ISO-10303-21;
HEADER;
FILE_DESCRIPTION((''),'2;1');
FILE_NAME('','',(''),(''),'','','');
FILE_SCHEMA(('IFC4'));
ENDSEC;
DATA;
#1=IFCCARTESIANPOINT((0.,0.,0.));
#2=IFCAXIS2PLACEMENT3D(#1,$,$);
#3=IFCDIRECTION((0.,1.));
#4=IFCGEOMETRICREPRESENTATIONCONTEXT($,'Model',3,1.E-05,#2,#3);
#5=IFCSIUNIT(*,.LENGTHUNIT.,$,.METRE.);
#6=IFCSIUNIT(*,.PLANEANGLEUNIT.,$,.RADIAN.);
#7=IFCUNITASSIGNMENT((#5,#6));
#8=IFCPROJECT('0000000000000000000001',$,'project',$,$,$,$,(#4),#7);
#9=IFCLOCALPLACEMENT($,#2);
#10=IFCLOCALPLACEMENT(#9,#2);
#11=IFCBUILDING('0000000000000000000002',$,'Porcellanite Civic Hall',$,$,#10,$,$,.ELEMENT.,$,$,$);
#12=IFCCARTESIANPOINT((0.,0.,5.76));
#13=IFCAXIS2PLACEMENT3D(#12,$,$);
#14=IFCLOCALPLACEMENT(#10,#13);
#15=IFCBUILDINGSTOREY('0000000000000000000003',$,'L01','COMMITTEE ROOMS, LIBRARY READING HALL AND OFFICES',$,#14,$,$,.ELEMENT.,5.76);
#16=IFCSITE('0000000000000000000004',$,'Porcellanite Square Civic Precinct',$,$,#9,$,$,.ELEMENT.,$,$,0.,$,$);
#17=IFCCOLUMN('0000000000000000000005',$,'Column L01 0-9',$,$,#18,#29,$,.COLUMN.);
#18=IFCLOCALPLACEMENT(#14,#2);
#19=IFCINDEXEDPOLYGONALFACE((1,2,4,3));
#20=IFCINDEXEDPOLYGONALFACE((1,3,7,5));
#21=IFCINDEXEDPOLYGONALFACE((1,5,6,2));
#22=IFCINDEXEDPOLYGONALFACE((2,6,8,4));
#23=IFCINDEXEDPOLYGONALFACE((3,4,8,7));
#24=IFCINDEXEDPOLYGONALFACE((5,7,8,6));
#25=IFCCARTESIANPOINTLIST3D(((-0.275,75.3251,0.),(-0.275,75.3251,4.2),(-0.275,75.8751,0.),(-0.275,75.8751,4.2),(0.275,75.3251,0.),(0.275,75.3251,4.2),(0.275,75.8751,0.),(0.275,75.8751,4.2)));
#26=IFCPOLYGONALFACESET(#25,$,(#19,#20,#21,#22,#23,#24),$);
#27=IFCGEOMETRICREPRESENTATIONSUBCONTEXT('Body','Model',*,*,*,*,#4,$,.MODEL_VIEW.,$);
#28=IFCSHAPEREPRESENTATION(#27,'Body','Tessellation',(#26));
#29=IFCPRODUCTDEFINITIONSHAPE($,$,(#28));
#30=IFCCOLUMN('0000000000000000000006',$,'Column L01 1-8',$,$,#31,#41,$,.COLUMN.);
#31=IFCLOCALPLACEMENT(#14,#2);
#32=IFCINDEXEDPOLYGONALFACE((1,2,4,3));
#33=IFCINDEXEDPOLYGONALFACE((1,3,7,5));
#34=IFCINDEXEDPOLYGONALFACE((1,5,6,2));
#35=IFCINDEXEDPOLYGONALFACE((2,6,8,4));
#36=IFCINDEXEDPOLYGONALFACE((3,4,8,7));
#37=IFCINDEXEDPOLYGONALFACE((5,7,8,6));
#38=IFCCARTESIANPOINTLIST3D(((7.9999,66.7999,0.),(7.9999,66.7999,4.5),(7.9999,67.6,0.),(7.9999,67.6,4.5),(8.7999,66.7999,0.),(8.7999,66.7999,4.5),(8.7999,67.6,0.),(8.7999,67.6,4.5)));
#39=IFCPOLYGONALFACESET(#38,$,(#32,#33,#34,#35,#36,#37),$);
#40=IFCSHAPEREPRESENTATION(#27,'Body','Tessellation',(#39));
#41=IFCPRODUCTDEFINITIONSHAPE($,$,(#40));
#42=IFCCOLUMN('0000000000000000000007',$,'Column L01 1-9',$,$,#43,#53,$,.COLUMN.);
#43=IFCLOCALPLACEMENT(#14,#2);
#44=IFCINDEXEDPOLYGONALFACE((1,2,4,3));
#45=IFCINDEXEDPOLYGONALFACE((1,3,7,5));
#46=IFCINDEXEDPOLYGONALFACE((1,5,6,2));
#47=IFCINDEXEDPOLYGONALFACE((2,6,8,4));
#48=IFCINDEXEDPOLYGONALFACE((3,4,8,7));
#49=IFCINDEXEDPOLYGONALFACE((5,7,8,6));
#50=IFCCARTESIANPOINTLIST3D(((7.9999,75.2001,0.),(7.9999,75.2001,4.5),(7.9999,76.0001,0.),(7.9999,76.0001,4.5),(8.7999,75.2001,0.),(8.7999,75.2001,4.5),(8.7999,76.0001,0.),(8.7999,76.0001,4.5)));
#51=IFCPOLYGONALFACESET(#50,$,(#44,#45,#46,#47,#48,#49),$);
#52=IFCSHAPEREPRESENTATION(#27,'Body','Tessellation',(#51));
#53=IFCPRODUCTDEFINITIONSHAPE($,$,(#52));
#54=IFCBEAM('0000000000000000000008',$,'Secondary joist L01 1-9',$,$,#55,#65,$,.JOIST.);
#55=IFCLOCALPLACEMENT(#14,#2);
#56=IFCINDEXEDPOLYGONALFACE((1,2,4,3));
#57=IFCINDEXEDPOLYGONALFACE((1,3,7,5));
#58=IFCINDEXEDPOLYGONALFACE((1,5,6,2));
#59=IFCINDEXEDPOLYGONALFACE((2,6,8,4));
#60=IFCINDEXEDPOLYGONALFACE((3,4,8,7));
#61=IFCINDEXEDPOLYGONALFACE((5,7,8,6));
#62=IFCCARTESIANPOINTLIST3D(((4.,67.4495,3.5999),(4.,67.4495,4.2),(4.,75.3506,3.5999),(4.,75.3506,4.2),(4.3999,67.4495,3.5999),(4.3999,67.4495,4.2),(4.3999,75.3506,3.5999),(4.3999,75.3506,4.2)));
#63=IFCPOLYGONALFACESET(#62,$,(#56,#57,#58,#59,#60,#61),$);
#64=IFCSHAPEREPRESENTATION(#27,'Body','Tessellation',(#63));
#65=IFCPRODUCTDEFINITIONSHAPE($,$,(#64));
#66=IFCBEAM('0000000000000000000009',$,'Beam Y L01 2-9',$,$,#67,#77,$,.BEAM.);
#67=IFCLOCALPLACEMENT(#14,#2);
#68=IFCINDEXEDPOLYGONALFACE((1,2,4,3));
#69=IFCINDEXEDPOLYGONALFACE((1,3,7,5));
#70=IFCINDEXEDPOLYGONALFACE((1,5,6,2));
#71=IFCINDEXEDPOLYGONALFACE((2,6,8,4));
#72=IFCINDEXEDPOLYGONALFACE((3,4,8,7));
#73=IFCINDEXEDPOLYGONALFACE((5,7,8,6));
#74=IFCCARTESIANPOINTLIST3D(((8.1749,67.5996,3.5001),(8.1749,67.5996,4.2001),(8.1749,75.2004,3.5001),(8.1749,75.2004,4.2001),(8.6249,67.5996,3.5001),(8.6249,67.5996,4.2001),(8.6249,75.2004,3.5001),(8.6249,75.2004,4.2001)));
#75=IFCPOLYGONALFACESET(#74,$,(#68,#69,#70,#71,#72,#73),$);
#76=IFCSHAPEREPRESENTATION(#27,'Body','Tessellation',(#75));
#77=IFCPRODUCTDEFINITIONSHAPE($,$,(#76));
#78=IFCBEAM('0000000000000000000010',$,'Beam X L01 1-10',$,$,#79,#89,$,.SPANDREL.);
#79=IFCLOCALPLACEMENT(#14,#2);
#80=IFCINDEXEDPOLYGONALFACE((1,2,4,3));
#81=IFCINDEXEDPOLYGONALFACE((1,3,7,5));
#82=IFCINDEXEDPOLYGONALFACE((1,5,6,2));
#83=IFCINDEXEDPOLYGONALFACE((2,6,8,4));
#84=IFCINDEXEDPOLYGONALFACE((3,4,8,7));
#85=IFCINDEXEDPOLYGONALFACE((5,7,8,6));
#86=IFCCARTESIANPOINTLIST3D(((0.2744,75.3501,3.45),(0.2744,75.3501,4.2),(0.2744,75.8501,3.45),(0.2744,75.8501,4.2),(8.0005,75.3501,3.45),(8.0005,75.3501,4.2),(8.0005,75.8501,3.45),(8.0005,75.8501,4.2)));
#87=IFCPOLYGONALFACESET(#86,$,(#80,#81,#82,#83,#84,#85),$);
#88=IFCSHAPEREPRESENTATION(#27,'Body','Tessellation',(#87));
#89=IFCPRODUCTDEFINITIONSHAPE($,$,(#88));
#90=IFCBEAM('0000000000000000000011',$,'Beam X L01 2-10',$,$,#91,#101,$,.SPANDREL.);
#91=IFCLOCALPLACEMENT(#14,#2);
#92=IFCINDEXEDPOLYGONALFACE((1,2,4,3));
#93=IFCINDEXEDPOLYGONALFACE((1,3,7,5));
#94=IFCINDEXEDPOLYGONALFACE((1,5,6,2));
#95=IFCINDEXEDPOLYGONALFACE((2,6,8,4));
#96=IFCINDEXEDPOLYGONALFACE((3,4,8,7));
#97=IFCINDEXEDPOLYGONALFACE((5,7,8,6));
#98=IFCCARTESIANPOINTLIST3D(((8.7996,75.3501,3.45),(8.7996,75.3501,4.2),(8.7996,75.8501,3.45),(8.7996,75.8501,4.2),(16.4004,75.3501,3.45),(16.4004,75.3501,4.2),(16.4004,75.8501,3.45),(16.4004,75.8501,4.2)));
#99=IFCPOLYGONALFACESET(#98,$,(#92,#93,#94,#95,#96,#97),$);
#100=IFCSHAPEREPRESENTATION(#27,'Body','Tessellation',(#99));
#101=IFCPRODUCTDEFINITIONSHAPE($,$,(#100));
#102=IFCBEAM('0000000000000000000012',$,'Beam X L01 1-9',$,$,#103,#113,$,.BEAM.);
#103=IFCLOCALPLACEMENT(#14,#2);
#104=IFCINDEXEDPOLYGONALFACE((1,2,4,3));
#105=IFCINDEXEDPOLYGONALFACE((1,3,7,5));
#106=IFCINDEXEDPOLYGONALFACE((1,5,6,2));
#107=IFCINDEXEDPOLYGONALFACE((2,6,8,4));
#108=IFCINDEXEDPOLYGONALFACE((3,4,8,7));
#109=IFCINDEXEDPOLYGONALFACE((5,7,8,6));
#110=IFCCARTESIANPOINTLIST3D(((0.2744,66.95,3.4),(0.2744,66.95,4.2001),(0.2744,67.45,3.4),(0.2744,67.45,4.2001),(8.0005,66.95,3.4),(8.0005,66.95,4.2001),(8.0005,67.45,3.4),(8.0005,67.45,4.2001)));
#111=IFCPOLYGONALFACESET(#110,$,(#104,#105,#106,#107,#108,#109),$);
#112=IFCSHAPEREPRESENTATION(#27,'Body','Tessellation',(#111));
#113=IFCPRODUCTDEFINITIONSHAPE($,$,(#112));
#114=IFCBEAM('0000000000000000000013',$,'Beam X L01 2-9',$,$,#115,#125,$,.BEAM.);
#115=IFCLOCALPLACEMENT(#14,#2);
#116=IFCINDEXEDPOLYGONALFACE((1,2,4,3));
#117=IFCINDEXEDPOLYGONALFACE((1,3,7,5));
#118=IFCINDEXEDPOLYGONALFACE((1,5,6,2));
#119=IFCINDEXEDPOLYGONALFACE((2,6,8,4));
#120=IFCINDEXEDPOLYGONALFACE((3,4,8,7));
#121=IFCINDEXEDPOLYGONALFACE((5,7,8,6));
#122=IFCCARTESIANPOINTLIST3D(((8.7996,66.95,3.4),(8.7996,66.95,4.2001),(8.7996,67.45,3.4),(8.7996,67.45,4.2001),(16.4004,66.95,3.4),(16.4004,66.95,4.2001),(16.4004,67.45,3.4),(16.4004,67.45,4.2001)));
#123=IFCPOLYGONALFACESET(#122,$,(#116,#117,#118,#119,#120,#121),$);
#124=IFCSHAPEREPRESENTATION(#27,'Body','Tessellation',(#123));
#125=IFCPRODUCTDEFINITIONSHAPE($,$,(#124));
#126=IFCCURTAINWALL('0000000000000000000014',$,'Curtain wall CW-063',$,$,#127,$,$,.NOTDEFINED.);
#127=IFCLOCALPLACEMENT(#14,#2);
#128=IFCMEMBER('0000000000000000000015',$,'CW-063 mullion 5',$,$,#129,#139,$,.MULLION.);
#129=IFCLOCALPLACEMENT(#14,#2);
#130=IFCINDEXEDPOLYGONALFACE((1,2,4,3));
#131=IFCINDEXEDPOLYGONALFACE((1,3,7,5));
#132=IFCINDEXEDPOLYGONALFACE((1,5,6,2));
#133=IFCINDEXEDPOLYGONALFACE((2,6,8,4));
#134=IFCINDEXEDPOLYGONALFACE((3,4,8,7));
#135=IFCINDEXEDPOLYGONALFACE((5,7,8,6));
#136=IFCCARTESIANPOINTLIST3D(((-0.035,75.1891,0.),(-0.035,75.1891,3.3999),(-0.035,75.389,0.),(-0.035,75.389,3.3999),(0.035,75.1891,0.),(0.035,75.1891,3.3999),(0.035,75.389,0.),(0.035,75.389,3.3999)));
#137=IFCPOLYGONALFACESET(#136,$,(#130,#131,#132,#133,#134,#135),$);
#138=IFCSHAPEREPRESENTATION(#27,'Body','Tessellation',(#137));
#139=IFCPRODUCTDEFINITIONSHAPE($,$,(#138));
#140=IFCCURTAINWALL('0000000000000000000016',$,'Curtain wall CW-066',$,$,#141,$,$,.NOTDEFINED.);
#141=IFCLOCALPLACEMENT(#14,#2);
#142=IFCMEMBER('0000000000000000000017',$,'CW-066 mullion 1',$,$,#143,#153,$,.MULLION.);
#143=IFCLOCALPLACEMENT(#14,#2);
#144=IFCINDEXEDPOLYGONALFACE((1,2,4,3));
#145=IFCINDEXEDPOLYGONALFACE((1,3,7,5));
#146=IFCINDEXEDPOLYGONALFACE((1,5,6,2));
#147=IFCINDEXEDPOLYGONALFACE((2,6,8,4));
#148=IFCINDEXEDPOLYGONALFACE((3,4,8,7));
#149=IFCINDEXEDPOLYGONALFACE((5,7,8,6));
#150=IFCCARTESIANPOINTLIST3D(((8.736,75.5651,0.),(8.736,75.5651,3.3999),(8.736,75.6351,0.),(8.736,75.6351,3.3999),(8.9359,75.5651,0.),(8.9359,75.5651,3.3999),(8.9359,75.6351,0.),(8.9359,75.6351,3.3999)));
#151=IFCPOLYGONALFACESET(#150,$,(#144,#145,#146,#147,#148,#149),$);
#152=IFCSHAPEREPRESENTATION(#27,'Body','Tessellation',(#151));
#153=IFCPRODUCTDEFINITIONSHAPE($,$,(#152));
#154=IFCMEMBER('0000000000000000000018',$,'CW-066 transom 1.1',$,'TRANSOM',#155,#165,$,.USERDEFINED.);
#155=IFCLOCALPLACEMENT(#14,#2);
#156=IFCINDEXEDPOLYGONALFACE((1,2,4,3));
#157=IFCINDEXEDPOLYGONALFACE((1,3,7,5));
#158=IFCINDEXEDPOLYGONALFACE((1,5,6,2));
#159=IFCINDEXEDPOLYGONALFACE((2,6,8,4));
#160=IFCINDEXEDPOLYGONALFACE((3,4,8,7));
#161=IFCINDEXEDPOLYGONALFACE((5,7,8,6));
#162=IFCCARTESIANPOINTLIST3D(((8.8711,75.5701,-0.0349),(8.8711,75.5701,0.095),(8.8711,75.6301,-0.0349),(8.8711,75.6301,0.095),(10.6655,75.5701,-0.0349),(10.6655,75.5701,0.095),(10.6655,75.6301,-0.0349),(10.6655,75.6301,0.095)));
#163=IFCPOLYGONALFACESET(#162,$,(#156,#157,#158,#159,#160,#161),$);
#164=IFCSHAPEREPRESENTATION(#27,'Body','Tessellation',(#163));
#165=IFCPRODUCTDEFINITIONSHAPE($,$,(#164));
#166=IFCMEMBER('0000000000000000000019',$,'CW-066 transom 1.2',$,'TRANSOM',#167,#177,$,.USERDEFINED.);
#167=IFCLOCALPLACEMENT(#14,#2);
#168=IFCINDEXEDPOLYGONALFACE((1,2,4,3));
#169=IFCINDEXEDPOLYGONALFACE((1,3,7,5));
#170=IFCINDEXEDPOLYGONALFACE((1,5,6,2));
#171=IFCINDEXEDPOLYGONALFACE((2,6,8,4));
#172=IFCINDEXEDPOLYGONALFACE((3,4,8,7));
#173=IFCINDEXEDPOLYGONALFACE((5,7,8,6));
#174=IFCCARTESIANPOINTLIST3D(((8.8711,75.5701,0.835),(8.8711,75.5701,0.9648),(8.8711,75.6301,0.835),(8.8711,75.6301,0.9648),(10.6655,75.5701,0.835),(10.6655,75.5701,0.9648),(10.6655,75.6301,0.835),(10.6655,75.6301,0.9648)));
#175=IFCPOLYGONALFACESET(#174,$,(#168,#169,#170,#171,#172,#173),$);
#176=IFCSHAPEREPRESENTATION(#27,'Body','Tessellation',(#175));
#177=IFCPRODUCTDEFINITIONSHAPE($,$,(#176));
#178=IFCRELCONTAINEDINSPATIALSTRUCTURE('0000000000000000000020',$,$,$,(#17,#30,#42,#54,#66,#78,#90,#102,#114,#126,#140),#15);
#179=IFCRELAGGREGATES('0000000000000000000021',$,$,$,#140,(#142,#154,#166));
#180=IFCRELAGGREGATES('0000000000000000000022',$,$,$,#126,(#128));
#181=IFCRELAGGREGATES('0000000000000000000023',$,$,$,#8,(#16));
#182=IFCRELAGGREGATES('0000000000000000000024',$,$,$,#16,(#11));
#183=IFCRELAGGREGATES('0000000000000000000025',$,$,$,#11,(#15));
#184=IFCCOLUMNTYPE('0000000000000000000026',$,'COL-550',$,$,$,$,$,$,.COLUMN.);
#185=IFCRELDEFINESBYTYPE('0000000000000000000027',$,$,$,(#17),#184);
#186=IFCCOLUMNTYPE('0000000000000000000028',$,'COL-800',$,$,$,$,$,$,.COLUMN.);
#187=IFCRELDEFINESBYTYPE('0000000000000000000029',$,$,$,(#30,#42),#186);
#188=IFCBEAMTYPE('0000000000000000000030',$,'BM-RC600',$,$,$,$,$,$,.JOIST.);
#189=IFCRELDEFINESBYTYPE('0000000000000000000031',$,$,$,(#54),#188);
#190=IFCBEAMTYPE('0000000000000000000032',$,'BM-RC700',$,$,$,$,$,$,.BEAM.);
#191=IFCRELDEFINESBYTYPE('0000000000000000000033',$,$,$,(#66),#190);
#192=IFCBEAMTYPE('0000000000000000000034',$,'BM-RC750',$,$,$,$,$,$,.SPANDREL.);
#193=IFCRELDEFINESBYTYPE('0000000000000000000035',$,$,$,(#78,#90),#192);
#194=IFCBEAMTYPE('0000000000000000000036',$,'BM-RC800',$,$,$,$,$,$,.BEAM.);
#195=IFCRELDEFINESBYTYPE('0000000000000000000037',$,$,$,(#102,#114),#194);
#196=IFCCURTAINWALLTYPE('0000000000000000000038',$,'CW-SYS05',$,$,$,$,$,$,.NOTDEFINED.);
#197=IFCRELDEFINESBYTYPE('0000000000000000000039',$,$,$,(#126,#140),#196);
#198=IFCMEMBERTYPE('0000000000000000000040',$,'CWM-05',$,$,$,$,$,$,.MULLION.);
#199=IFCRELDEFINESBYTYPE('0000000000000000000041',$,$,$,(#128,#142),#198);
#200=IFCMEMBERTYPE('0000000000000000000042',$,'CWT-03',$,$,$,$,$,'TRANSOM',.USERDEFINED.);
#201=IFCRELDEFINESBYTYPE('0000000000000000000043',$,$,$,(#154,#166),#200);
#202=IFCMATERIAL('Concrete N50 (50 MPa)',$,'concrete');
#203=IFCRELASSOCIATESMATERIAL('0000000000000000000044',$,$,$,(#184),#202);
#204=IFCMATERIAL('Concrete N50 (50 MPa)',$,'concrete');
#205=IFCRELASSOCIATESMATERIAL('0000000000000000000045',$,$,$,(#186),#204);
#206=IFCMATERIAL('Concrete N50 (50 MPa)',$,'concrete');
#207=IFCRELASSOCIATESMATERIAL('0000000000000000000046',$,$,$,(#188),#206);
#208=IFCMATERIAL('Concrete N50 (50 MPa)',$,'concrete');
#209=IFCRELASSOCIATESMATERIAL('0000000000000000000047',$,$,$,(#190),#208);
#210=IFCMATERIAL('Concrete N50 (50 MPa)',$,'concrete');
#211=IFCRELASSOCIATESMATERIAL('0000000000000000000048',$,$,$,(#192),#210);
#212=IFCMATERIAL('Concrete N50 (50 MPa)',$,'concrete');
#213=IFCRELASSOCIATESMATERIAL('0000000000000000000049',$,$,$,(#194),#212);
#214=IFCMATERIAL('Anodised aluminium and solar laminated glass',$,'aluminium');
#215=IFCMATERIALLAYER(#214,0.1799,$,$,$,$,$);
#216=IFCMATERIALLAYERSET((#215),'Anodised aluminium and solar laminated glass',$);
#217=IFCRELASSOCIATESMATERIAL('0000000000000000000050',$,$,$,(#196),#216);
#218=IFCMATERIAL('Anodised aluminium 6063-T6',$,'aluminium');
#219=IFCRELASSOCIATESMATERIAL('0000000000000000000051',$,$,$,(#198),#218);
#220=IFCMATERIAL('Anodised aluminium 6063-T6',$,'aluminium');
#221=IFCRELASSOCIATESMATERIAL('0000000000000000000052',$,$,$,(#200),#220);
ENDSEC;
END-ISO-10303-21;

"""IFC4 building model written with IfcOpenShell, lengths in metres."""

from ifc_helpers import new_model, si_unit, direction, frame, origin, origin_2d, place, context, subcontext, project, spatial, rectangle, extrude, material, layer, layer_set, material_profile, profile_set, type_object, element, aggregate, save


model = new_model("IFC4")

# Units and contexts
model_context = context("Model", 3, precision=1e-05, world=origin(), true_north=direction((0.0, 1.0)))
body_context = subcontext(model_context, "Body", "Model", "MODEL_VIEW")
ifc_project = project(units=[si_unit("LENGTHUNIT", "METRE"), si_unit("PLANEANGLEUNIT", "RADIAN")], contexts=[model_context])

# Site, building, storey
site_placement = place(None, origin())
site = spatial("IfcSite", under=ifc_project, at=site_placement, Name="Porcellanite Square Civic Precinct", CompositionType="ELEMENT", RefElevation=0.0)
building_placement = place(site_placement, origin())
building = spatial("IfcBuilding", under=site, at=building_placement, Name="Porcellanite Civic Hall", CompositionType="ELEMENT")
storey_placement = place(building_placement, frame((0.0, 0.0, 5.76)))
storey = spatial("IfcBuildingStorey", under=building, at=storey_placement, Name="L01", Description="COMMITTEE ROOMS, LIBRARY READING HALL AND OFFICES", CompositionType="ELEMENT", Elevation=5.76)

# Columns
ifc_material_1 = material(Name="Concrete N50 (50 MPa)", Category="concrete")
ifc_material_profile_1 = material_profile(ifc_material_1, rectangle(XDim=0.55, YDim=0.55, at=origin_2d()), Name="RC-550x550")
ifc_profile_set_1 = profile_set([ifc_material_profile_1], Name="Concrete N50 (50 MPa)")
column_type_1 = type_object("IfcColumnType", Name="COL-550", PredefinedType="COLUMN", material=ifc_profile_set_1)
column_placement = place(storey_placement, frame((0.0, 75.6001, 0.0), z_axis=(0.0, 0.0, 1.0), x_axis=(1.0, 0.0, 0.0)))
element("IfcColumn", 1, at=column_placement, inside=storey, type_object=column_type_1, Name="Column L01 0-9", PredefinedType="COLUMN", context=body_context, shape_type="SweptSolid", body=[
    extrude(rectangle(XDim=0.55, YDim=0.55, at=origin_2d()), origin(), (0.0, 0.0, 1.0), 4.2),
])
ifc_material_2 = material(Name="Concrete N50 (50 MPa)", Category="concrete")
ifc_material_profile_2 = material_profile(ifc_material_2, rectangle(XDim=0.8, YDim=0.8, at=origin_2d()), Name="RC-800x800")
ifc_profile_set_2 = profile_set([ifc_material_profile_2], Name="Concrete N50 (50 MPa)")
column_type_2 = type_object("IfcColumnType", Name="COL-800", PredefinedType="COLUMN", material=ifc_profile_set_2)
for number, where, z_axis, x_axis, name in (
    (2, (8.3999, 67.2, 0.0), (0.0, 0.0, 1.0), (1.0, 0.0, 0.0), "Column L01 1-8"),
    (3, (8.3999, 75.6001, 0.0), (0.0, 0.0, 1.0), (1.0, 0.0, 0.0), "Column L01 1-9"),
):
    element("IfcColumn", number, at=place(storey_placement, frame(where, z_axis=z_axis, x_axis=x_axis)), inside=storey, type_object=column_type_2, Name=name, PredefinedType="COLUMN", context=body_context, shape_type="SweptSolid", body=[
        extrude(rectangle(XDim=0.8, YDim=0.8, at=origin_2d()), origin(), (0.0, 0.0, 1.0), 4.5),
    ])

# Beams
ifc_material_3 = material(Name="Concrete N50 (50 MPa)", Category="concrete")
ifc_material_profile_3 = material_profile(ifc_material_3, rectangle(XDim=0.3999, YDim=0.6001, at=origin_2d()), Name="RC-400x600")
ifc_profile_set_3 = profile_set([ifc_material_profile_3], Name="Concrete N50 (50 MPa)")
beam_type_1 = type_object("IfcBeamType", Name="BM-RC600", PredefinedType="JOIST", material=ifc_profile_set_3)
beam_1_placement = place(storey_placement, frame((4.2, 67.4495, 3.8999), z_axis=(0.0, 1.0, 0.0), x_axis=(-1.0, 0.0, 0.0)))
element("IfcBeam", 4, at=beam_1_placement, inside=storey, type_object=beam_type_1, Name="Secondary joist L01 1-9", PredefinedType="JOIST", context=body_context, shape_type="SweptSolid", body=[
    extrude(rectangle(XDim=0.3999, YDim=0.6001, at=origin_2d()), origin(), (0.0, 0.0, 1.0), 7.9011),
])
ifc_material_4 = material(Name="Concrete N50 (50 MPa)", Category="concrete")
ifc_material_profile_4 = material_profile(ifc_material_4, rectangle(XDim=0.45, YDim=0.7, at=origin_2d()), Name="RC-450x700")
ifc_profile_set_4 = profile_set([ifc_material_profile_4], Name="Concrete N50 (50 MPa)")
beam_type_2 = type_object("IfcBeamType", Name="BM-RC700", PredefinedType="BEAM", material=ifc_profile_set_4)
beam_2_placement = place(storey_placement, frame((8.3999, 67.5996, 3.8501), z_axis=(0.0, 1.0, 0.0), x_axis=(-1.0, 0.0, 0.0)))
element("IfcBeam", 5, at=beam_2_placement, inside=storey, type_object=beam_type_2, Name="Beam Y L01 2-9", PredefinedType="BEAM", context=body_context, shape_type="SweptSolid", body=[
    extrude(rectangle(XDim=0.45, YDim=0.7, at=origin_2d()), origin(), (0.0, 0.0, 1.0), 7.6008),
])
ifc_material_5 = material(Name="Concrete N50 (50 MPa)", Category="concrete")
ifc_material_profile_5 = material_profile(ifc_material_5, rectangle(XDim=0.5, YDim=0.75, at=origin_2d()), Name="RC-500x750")
ifc_profile_set_5 = profile_set([ifc_material_profile_5], Name="Concrete N50 (50 MPa)")
beam_type_3 = type_object("IfcBeamType", Name="BM-RC750", PredefinedType="SPANDREL", material=ifc_profile_set_5)
beam_3_placement = place(storey_placement, frame((0.2744, 75.6001, 3.825), z_axis=(1.0, 0.0, 0.0), x_axis=(0.0, 1.0, 0.0)))
element("IfcBeam", 6, at=beam_3_placement, inside=storey, type_object=beam_type_3, Name="Beam X L01 1-10", PredefinedType="SPANDREL", context=body_context, shape_type="SweptSolid", body=[
    extrude(rectangle(XDim=0.5, YDim=0.75, at=origin_2d()), origin(), (0.0, 0.0, 1.0), 7.7261),
])
beam_4_placement = place(storey_placement, frame((8.7996, 75.6001, 3.825), z_axis=(1.0, 0.0, 0.0), x_axis=(0.0, 1.0, 0.0)))
element("IfcBeam", 7, at=beam_4_placement, inside=storey, type_object=beam_type_3, Name="Beam X L01 2-10", PredefinedType="SPANDREL", context=body_context, shape_type="SweptSolid", body=[
    extrude(rectangle(XDim=0.5, YDim=0.75, at=origin_2d()), origin(), (0.0, 0.0, 1.0), 7.6008),
])
ifc_material_6 = material(Name="Concrete N50 (50 MPa)", Category="concrete")
ifc_material_profile_6 = material_profile(ifc_material_6, rectangle(XDim=0.5, YDim=0.8, at=origin_2d()), Name="RC-500x800")
ifc_profile_set_6 = profile_set([ifc_material_profile_6], Name="Concrete N50 (50 MPa)")
beam_type_4 = type_object("IfcBeamType", Name="BM-RC800", PredefinedType="BEAM", material=ifc_profile_set_6)
beam_5_placement = place(storey_placement, frame((0.2744, 67.2, 3.8), z_axis=(1.0, 0.0, 0.0), x_axis=(0.0, 1.0, 0.0)))
element("IfcBeam", 8, at=beam_5_placement, inside=storey, type_object=beam_type_4, Name="Beam X L01 1-9", PredefinedType="BEAM", context=body_context, shape_type="SweptSolid", body=[
    extrude(rectangle(XDim=0.5, YDim=0.8, at=origin_2d()), origin(), (0.0, 0.0, 1.0), 7.7261),
])
beam_6_placement = place(storey_placement, frame((8.7996, 67.2, 3.8), z_axis=(1.0, 0.0, 0.0), x_axis=(0.0, 1.0, 0.0)))
element("IfcBeam", 9, at=beam_6_placement, inside=storey, type_object=beam_type_4, Name="Beam X L01 2-9", PredefinedType="BEAM", context=body_context, shape_type="SweptSolid", body=[
    extrude(rectangle(XDim=0.5, YDim=0.8, at=origin_2d()), origin(), (0.0, 0.0, 1.0), 7.6008),
])

# Curtain wall, member
ifc_material_7 = material(Name="Anodised aluminium and solar laminated glass", Category="aluminium")
ifc_layer_1 = layer(ifc_material_7, 0.1799)
ifc_layer_set_1 = layer_set([ifc_layer_1], Name="Anodised aluminium and solar laminated glass")
curtain_wall_type = type_object("IfcCurtainWallType", Name="CW-SYS05", PredefinedType="NOTDEFINED", material=ifc_layer_set_1)
curtain_wall_1_placement = place(storey_placement, origin())
curtain_wall_1 = element("IfcCurtainWall", 10, at=curtain_wall_1_placement, inside=storey, type_object=curtain_wall_type, Name="Curtain wall CW-063", PredefinedType="NOTDEFINED")
ifc_material_8 = material(Name="Anodised aluminium 6063-T6", Category="aluminium")
ifc_material_profile_7 = material_profile(ifc_material_8, rectangle(XDim=0.0701, YDim=0.2, at=origin_2d()), Name="AL-70x200")
ifc_profile_set_7 = profile_set([ifc_material_profile_7], Name="Anodised aluminium 6063-T6")
member_type_1 = type_object("IfcMemberType", Name="CWM-05", PredefinedType="MULLION", material=ifc_profile_set_7)
member_1_placement = place(storey_placement, frame((0.0, 75.2891, 0.0), z_axis=(0.0, 0.0, 1.0), x_axis=(-1.0, 0.0, 0.0)))
member_1 = element("IfcMember", 11, at=member_1_placement, type_object=member_type_1, Name="CW-063 mullion 5", PredefinedType="MULLION", context=body_context, shape_type="SweptSolid", body=[
    extrude(rectangle(XDim=0.0701, YDim=0.2, at=origin_2d()), origin(), (0.0, 0.0, 1.0), 3.3999),
])

# Curtain wall, members
curtain_wall_2_placement = place(storey_placement, origin())
curtain_wall_2 = element("IfcCurtainWall", 12, at=curtain_wall_2_placement, inside=storey, type_object=curtain_wall_type, Name="Curtain wall CW-066", PredefinedType="NOTDEFINED")
member_2_placement = place(storey_placement, frame((8.8359, 75.6001, 0.0), z_axis=(0.0, 0.0, 1.0), x_axis=(0.0, 1.0, 0.0)))
member_2 = element("IfcMember", 13, at=member_2_placement, type_object=member_type_1, Name="CW-066 mullion 1", PredefinedType="MULLION", context=body_context, shape_type="SweptSolid", body=[
    extrude(rectangle(XDim=0.0701, YDim=0.2, at=origin_2d()), origin(), (0.0, 0.0, 1.0), 3.3999),
])
ifc_material_9 = material(Name="Anodised aluminium 6063-T6", Category="aluminium")
ifc_material_profile_8 = material_profile(ifc_material_9, rectangle(XDim=0.0601, YDim=0.1299, at=origin_2d()), Name="AL-60x130")
ifc_profile_set_8 = profile_set([ifc_material_profile_8], Name="Anodised aluminium 6063-T6")
member_type_2 = type_object("IfcMemberType", Name="CWT-03", ElementType="TRANSOM", PredefinedType="USERDEFINED", material=ifc_profile_set_8)
member_3_placement = place(storey_placement, frame((8.8711, 75.6001, 0.03), z_axis=(1.0, 0.0, 0.0), x_axis=(0.0, 1.0, 0.0)))
member_3 = element("IfcMember", 14, at=member_3_placement, type_object=member_type_2, Name="CW-066 transom 1.1", ObjectType="TRANSOM", PredefinedType="USERDEFINED", context=body_context, shape_type="SweptSolid", body=[
    extrude(rectangle(XDim=0.0601, YDim=0.1299, at=origin_2d()), origin(), (0.0, 0.0, 1.0), 1.7944),
])
member_4_placement = place(storey_placement, frame((8.8711, 75.6001, 0.8999), z_axis=(1.0, 0.0, 0.0), x_axis=(0.0, 1.0, 0.0)))
member_4 = element("IfcMember", 15, at=member_4_placement, type_object=member_type_2, Name="CW-066 transom 1.2", ObjectType="TRANSOM", PredefinedType="USERDEFINED", context=body_context, shape_type="SweptSolid", body=[
    extrude(rectangle(XDim=0.0601, YDim=0.1299, at=origin_2d()), origin(), (0.0, 0.0, 1.0), 1.7944),
])
aggregate(curtain_wall_2, [member_2, member_3, member_4])

aggregate(curtain_wall_1, [member_1])

save(model, "model.ifc")
